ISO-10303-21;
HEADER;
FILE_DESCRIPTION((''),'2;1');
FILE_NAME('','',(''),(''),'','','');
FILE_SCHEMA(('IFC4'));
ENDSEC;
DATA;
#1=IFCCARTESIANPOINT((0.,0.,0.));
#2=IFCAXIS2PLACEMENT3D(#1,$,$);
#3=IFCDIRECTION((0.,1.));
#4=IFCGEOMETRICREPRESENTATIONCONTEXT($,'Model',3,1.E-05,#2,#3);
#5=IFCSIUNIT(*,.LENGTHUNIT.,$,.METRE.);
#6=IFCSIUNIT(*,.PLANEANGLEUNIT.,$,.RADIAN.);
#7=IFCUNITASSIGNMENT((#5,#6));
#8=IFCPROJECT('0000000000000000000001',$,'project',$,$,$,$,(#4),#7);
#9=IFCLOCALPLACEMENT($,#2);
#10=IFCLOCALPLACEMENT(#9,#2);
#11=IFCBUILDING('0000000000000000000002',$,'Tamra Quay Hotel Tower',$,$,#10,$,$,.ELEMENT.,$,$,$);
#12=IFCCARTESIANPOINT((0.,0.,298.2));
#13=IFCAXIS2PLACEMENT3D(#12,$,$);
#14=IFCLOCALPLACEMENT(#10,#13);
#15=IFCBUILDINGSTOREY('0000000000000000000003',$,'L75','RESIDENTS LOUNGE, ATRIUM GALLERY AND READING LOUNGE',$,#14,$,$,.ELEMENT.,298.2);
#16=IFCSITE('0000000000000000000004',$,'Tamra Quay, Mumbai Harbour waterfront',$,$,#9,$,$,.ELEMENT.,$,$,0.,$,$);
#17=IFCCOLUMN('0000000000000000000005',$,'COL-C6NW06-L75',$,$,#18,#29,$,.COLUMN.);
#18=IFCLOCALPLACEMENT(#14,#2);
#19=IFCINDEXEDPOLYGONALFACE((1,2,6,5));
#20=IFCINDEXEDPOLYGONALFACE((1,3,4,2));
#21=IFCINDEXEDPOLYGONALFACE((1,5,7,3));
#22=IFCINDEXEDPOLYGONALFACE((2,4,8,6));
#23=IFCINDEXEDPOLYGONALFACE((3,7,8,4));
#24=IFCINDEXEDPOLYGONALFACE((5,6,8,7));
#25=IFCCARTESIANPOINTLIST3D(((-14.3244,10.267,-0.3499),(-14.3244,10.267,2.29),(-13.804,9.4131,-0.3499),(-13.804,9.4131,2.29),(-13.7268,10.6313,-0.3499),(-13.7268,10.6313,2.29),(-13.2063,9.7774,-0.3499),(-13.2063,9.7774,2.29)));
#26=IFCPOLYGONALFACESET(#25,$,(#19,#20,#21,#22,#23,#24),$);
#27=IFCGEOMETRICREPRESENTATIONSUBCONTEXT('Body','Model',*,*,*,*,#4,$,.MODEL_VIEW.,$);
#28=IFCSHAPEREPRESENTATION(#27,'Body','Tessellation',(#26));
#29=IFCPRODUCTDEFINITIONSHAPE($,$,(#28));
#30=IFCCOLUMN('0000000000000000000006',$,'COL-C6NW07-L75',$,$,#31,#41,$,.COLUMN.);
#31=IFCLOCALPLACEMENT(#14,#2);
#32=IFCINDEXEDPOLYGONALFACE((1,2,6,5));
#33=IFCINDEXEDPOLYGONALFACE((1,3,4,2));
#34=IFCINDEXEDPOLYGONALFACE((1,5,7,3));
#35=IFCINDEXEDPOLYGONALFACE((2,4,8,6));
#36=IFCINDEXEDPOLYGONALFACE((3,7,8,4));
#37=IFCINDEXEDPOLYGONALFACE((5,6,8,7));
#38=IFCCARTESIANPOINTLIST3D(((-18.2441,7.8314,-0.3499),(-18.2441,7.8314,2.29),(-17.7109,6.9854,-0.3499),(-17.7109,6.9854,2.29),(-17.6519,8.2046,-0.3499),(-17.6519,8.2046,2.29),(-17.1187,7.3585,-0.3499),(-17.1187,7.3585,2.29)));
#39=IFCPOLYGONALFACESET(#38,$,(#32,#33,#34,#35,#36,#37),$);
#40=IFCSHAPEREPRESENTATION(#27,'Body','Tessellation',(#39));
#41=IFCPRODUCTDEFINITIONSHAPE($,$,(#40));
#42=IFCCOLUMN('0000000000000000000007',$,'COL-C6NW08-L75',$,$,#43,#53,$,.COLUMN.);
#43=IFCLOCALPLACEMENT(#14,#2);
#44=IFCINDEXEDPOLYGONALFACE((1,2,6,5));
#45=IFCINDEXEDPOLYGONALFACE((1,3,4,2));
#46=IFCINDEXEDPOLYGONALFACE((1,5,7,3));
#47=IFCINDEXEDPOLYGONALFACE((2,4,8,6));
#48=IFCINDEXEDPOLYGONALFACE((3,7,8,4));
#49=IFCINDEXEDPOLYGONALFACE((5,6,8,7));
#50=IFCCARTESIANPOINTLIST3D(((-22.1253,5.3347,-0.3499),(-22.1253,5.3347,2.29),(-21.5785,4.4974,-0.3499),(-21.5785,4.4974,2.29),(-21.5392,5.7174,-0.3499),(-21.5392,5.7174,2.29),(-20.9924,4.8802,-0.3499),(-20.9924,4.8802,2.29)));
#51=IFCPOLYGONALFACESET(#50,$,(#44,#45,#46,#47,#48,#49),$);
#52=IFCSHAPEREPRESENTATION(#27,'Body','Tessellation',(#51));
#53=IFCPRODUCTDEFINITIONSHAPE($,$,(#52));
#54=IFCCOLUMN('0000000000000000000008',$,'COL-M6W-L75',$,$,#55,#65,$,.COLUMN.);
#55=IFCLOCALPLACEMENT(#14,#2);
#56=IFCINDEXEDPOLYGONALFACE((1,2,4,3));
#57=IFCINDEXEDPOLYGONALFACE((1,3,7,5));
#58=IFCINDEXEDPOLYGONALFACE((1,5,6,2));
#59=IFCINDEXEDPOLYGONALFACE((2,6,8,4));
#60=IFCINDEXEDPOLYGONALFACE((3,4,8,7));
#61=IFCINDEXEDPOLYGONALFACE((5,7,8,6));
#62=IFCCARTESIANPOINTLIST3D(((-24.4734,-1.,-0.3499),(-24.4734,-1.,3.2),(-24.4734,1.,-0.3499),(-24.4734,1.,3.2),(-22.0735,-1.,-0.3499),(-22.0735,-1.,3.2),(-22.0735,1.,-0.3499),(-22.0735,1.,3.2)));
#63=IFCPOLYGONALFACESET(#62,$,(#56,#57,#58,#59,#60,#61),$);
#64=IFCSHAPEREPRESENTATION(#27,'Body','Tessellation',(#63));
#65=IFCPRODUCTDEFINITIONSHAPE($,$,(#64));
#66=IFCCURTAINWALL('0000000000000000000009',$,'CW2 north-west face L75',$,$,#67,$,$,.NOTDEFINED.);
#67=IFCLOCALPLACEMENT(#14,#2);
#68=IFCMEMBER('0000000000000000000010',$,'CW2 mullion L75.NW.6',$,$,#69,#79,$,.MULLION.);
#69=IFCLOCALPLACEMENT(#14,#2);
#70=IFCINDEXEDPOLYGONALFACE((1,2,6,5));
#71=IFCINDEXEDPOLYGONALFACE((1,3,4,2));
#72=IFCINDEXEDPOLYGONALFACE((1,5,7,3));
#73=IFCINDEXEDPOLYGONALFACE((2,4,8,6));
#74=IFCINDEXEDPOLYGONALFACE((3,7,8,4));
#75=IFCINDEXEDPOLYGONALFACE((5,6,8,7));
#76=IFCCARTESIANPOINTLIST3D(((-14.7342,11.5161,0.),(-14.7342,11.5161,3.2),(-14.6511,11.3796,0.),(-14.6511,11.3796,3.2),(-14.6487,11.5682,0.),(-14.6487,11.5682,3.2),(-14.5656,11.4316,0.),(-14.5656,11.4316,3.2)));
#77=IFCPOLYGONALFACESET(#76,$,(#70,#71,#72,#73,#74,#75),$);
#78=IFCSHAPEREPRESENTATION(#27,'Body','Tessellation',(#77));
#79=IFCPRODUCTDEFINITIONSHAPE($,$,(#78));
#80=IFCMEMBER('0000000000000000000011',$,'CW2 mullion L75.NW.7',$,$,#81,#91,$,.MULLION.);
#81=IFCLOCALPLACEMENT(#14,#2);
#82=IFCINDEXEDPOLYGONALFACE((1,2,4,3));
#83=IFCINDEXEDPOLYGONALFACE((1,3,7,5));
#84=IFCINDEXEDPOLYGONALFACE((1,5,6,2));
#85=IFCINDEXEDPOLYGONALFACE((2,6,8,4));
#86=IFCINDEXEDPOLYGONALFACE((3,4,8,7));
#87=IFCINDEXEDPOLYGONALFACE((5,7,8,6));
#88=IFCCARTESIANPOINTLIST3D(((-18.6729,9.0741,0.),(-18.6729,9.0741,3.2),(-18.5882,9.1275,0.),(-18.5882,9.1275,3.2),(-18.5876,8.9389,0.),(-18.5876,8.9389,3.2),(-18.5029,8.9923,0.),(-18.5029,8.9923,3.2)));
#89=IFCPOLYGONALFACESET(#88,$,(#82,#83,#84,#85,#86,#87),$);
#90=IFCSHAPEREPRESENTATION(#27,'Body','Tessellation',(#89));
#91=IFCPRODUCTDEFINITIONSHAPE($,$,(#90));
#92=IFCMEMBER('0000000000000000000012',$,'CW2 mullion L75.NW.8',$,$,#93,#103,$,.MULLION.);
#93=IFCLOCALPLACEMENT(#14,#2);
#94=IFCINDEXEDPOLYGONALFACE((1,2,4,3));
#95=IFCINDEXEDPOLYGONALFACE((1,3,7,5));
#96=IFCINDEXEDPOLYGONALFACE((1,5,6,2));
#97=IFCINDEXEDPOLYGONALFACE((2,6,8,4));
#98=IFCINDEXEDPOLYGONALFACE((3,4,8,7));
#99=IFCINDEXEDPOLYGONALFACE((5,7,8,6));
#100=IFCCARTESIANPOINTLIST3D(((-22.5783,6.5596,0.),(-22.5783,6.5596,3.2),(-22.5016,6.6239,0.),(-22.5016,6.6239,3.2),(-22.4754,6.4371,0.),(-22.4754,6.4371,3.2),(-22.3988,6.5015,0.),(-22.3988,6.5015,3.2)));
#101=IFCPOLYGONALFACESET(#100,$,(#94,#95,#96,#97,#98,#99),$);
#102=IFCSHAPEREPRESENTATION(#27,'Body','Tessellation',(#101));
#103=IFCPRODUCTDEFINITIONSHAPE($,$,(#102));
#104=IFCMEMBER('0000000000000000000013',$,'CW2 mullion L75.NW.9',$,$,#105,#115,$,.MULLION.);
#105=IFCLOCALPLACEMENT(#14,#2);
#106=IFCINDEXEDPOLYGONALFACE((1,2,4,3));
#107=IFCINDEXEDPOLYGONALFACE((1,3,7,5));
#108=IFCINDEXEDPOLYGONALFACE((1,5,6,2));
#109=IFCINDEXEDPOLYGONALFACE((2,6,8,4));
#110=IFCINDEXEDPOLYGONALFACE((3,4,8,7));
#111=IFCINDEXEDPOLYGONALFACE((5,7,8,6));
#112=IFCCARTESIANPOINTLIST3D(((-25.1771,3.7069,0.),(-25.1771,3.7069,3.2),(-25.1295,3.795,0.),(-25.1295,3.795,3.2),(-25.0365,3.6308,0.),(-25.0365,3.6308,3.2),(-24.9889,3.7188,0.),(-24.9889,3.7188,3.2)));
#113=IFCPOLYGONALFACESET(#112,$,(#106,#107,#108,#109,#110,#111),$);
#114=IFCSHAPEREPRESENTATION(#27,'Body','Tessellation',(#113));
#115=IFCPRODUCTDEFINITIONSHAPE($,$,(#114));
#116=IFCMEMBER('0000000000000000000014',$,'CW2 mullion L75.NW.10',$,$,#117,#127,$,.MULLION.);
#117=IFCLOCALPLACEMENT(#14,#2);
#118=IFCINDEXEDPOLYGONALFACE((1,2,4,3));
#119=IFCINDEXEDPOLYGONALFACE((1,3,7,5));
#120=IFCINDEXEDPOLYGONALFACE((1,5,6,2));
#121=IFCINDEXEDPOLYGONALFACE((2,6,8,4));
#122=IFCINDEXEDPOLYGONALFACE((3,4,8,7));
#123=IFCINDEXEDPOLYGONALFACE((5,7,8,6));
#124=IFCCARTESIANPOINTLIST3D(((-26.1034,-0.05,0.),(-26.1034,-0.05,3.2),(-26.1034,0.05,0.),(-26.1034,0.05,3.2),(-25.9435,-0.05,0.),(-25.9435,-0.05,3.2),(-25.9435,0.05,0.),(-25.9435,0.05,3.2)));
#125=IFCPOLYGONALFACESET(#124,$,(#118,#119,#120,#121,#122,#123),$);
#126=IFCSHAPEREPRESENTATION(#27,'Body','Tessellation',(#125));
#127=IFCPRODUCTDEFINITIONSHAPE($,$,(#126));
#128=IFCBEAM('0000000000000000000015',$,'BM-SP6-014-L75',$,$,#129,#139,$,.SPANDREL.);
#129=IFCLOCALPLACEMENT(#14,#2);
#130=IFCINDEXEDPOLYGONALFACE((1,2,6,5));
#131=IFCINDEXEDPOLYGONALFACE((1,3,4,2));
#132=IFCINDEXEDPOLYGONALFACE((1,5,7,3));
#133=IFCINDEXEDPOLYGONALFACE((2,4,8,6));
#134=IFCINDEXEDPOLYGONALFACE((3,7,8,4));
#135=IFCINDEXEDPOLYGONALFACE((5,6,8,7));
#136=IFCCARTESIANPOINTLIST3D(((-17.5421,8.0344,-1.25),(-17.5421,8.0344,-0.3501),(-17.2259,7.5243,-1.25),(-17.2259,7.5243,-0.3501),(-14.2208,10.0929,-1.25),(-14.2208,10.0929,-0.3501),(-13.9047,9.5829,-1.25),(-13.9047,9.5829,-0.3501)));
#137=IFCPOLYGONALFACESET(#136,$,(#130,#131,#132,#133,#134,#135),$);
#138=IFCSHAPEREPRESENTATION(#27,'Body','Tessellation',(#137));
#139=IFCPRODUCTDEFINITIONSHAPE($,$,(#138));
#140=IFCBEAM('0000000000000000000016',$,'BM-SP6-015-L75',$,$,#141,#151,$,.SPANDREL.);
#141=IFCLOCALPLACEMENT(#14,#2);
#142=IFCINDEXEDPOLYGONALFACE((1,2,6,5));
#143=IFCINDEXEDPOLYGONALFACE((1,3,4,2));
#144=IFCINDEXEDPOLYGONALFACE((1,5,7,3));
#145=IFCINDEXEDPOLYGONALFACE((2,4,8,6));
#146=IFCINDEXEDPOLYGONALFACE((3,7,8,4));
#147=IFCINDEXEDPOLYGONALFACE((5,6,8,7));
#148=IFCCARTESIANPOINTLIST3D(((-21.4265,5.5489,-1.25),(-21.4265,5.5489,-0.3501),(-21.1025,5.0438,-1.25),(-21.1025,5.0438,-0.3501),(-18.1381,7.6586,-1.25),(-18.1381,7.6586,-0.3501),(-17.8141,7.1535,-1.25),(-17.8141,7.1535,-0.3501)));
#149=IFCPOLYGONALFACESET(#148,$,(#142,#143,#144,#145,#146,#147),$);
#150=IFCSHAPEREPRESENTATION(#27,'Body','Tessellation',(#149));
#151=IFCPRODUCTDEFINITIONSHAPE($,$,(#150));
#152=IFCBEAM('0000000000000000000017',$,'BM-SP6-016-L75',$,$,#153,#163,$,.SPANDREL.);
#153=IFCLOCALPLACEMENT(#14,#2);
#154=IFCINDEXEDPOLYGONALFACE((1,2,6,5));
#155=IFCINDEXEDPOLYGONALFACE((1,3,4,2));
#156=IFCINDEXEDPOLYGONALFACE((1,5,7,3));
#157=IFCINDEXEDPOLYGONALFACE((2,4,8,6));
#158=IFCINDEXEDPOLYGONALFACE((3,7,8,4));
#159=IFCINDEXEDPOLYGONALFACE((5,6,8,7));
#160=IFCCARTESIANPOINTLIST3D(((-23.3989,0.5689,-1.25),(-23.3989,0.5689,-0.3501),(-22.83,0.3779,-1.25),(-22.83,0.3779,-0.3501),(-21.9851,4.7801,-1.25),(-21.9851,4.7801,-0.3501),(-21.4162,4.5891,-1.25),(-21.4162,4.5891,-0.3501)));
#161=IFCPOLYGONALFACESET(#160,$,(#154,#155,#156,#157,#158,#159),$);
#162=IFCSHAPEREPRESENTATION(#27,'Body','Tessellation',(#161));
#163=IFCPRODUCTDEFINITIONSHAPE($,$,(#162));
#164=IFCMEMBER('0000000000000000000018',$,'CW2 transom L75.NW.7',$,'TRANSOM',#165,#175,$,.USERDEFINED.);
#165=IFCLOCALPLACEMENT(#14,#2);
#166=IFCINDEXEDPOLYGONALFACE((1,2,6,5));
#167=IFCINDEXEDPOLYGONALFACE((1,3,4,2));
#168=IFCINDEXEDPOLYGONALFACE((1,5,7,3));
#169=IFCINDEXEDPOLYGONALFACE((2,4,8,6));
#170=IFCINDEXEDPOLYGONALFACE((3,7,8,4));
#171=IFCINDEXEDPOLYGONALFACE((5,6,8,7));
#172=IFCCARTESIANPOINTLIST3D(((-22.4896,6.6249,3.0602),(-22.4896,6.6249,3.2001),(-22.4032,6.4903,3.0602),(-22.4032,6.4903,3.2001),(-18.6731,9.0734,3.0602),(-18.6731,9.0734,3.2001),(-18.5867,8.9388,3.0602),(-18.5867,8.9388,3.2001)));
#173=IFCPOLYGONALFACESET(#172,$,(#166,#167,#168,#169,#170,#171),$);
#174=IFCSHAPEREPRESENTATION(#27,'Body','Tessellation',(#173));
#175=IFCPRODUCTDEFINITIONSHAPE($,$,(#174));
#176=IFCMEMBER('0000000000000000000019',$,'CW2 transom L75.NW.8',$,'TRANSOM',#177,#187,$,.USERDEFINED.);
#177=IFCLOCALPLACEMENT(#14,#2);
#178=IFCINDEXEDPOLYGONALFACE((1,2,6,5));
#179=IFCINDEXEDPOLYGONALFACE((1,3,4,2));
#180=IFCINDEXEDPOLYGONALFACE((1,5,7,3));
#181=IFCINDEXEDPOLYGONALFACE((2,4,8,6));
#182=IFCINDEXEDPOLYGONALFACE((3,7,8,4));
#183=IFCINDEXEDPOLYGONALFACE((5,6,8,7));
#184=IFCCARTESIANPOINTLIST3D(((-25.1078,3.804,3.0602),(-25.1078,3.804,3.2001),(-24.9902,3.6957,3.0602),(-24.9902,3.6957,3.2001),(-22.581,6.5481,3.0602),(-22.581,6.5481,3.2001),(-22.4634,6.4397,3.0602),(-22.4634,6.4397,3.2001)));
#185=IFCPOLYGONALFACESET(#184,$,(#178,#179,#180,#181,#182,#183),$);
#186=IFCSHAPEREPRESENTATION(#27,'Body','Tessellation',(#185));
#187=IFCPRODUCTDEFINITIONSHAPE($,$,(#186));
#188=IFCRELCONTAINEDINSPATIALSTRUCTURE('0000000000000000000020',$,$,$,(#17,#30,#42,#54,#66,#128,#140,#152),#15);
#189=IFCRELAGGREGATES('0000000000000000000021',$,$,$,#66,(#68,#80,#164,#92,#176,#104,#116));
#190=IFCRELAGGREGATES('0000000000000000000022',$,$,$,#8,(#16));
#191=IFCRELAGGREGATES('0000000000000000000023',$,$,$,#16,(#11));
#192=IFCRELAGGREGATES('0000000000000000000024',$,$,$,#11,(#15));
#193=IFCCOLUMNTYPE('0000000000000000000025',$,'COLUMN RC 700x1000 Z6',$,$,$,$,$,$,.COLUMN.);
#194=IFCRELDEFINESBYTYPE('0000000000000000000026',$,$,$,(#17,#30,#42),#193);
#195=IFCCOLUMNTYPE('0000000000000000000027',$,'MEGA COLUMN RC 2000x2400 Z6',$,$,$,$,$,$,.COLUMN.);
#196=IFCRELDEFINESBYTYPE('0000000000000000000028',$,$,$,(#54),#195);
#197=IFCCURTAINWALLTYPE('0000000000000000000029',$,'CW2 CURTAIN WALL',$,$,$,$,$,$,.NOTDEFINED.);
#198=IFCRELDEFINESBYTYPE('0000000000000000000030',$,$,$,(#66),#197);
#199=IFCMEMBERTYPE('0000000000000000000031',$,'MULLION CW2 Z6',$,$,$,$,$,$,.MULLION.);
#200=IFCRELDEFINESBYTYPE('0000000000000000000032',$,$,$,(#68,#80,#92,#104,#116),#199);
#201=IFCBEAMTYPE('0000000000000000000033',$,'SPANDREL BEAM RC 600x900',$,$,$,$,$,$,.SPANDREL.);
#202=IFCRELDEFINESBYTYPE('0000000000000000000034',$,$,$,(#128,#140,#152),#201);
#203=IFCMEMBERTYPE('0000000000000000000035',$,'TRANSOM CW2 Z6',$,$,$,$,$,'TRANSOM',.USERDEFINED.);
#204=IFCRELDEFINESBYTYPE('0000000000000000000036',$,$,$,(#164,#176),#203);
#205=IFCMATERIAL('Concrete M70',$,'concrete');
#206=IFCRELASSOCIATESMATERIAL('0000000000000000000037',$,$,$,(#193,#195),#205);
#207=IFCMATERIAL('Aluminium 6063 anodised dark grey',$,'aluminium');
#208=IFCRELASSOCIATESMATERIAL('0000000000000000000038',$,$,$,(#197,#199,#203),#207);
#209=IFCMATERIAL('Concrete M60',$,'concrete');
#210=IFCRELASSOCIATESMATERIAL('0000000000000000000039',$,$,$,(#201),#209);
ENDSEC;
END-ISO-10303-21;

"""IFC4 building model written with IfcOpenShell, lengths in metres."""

from ifc_helpers import new_model, si_unit, direction, frame, origin, origin_2d, place, context, subcontext, project, spatial, rectangle, extrude, material, material_profile, profile_set, type_object, element, aggregate, save


model = new_model("IFC4")

# Units and contexts
model_context = context("Model", 3, precision=1e-05, world=origin(), true_north=direction((0.0, 1.0)))
body_context = subcontext(model_context, "Body", "Model", "MODEL_VIEW")
ifc_project = project(units=[si_unit("LENGTHUNIT", "METRE"), si_unit("PLANEANGLEUNIT", "RADIAN")], contexts=[model_context])

# Site, building, storey
site_placement = place(None, origin())
site = spatial("IfcSite", under=ifc_project, at=site_placement, Name="Tamra Quay, Mumbai Harbour waterfront", CompositionType="ELEMENT", RefElevation=0.0)
building_placement = place(site_placement, origin())
building = spatial("IfcBuilding", under=site, at=building_placement, Name="Tamra Quay Hotel Tower", CompositionType="ELEMENT")
storey_placement = place(building_placement, frame((0.0, 0.0, 298.2)))
storey = spatial("IfcBuildingStorey", under=building, at=storey_placement, Name="L75", Description="RESIDENTS LOUNGE, ATRIUM GALLERY AND READING LOUNGE", CompositionType="ELEMENT", Elevation=298.2)

# Columns
ifc_material_1 = material(Name="Concrete M70", Category="concrete")
ifc_material_profile_1 = material_profile(ifc_material_1, rectangle(XDim=1.0, YDim=0.7, at=origin_2d()), Name="COLUMN RC 700x1000 Z6")
ifc_profile_set_1 = profile_set([ifc_material_profile_1], Name="Concrete M70")
column_type_1 = type_object("IfcColumnType", Name="COLUMN RC 700x1000 Z6", PredefinedType="COLUMN", material=ifc_profile_set_1)
for number, where, z_axis, x_axis, name in (
    (1, (-13.7654, 10.0222, -0.3499), (0.0, 0.0, 1.0), (-0.52043, 0.853904, 0.0), "COL-C6NW06-L75"),
    (2, (-17.6814, 7.595, -0.3499), (0.0, 0.0, 1.0), (-0.533133, 0.846031, 0.0), "COL-C6NW07-L75"),
    (3, (-21.5588, 5.1074, -0.3499), (0.0, 0.0, 1.0), (-0.546805, 0.83726, 0.0), "COL-C6NW08-L75"),
):
    element("IfcColumn", number, at=place(storey_placement, frame(where, z_axis=z_axis, x_axis=x_axis)), inside=storey, type_object=column_type_1, Name=name, PredefinedType="COLUMN", context=body_context, shape_type="SweptSolid", body=[
        extrude(rectangle(XDim=1.0, YDim=0.7, at=origin_2d()), origin(), (0.0, 0.0, 1.0), 2.6399),
    ])
ifc_material_profile_2 = material_profile(ifc_material_1, rectangle(XDim=2.3999, YDim=2.0, at=origin_2d()), Name="MEGA COLUMN RC 2000x2400 Z6")
ifc_profile_set_2 = profile_set([ifc_material_profile_2], Name="Concrete M70")
column_type_2 = type_object("IfcColumnType", Name="MEGA COLUMN RC 2000x2400 Z6", PredefinedType="COLUMN", material=ifc_profile_set_2)
column_placement = place(storey_placement, frame((-23.2734, 0.0, -0.3499), z_axis=(0.0, 0.0, 1.0), x_axis=(1.0, 0.0, 0.0)))
element("IfcColumn", 4, at=column_placement, inside=storey, type_object=column_type_2, Name="COL-M6W-L75", PredefinedType="COLUMN", context=body_context, shape_type="SweptSolid", body=[
    extrude(rectangle(XDim=2.3999, YDim=2.0, at=origin_2d()), origin(), (0.0, 0.0, 1.0), 3.5498),
])

# Curtain wall, members
ifc_material_2 = material(Name="Aluminium 6063 anodised dark grey", Category="aluminium")
curtain_wall_type = type_object("IfcCurtainWallType", Name="CW2 CURTAIN WALL", PredefinedType="NOTDEFINED", material=ifc_material_2)
curtain_wall_placement = place(storey_placement, origin())
curtain_wall = element("IfcCurtainWall", 5, at=curtain_wall_placement, inside=storey, type_object=curtain_wall_type, Name="CW2 north-west face L75", PredefinedType="NOTDEFINED")
ifc_material_profile_3 = material_profile(ifc_material_2, rectangle(XDim=0.1599, YDim=0.1001, at=origin_2d()), Name="MULLION 100X160")
ifc_profile_set_3 = profile_set([ifc_material_profile_3], Name="Aluminium 6063 anodised dark grey")
member_type_1 = type_object("IfcMemberType", Name="MULLION CW2 Z6", PredefinedType="MULLION", material=ifc_profile_set_3)
member_1_placement = place(storey_placement, frame((-14.6499, 11.4739, 0.0), z_axis=(0.0, 0.0, 1.0), x_axis=(-0.52016, 0.854069, 0.0)))
member_1 = element("IfcMember", 6, at=member_1_placement, type_object=member_type_1, Name="CW2 mullion L75.NW.6", PredefinedType="MULLION", context=body_context, shape_type="SweptSolid", body=[
    extrude(rectangle(XDim=0.1599, YDim=0.1001, at=origin_2d()), origin(), (0.0, 0.0, 1.0), 3.2),
])
member_2_placement = place(storey_placement, frame((-18.5879, 9.0332, 0.0), z_axis=(0.0, 0.0, 1.0), x_axis=(-0.533422, 0.845849, 0.0)))
member_2 = element("IfcMember", 7, at=member_2_placement, type_object=member_type_1, Name="CW2 mullion L75.NW.7", PredefinedType="MULLION", context=body_context, shape_type="SweptSolid", body=[
    extrude(rectangle(XDim=0.1599, YDim=0.1001, at=origin_2d()), origin(), (0.0, 0.0, 1.0), 3.2),
])
member_3_placement = place(storey_placement, frame((-22.4885, 6.5305, 0.0), z_axis=(0.0, 0.0, 1.0), x_axis=(-0.643086, 0.765794, 0.0)))
member_3 = element("IfcMember", 8, at=member_3_placement, type_object=member_type_1, Name="CW2 mullion L75.NW.8", PredefinedType="MULLION", context=body_context, shape_type="SweptSolid", body=[
    extrude(rectangle(XDim=0.1599, YDim=0.1001, at=origin_2d()), origin(), (0.0, 0.0, 1.0), 3.2),
])
member_4_placement = place(storey_placement, frame((-25.083, 3.7129, 0.0), z_axis=(0.0, 0.0, 1.0), x_axis=(-0.879433, 0.476023, 0.0)))
member_4 = element("IfcMember", 9, at=member_4_placement, type_object=member_type_1, Name="CW2 mullion L75.NW.9", PredefinedType="MULLION", context=body_context, shape_type="SweptSolid", body=[
    extrude(rectangle(XDim=0.1599, YDim=0.1001, at=origin_2d()), origin(), (0.0, 0.0, 1.0), 3.2),
])
member_5_placement = place(storey_placement, frame((-26.0234, 0.0, 0.0), z_axis=(0.0, 0.0, 1.0), x_axis=(-1.0, 0.0, 0.0)))
member_5 = element("IfcMember", 10, at=member_5_placement, type_object=member_type_1, Name="CW2 mullion L75.NW.10", PredefinedType="MULLION", context=body_context, shape_type="SweptSolid", body=[
    extrude(rectangle(XDim=0.1599, YDim=0.1001, at=origin_2d()), origin(), (0.0, 0.0, 1.0), 3.2),
])

# Beams
ifc_material_3 = material(Name="Concrete M60", Category="concrete")
ifc_material_profile_4 = material_profile(ifc_material_3, rectangle(XDim=0.6001, YDim=0.8999, at=origin_2d()), Name="SPANDREL BEAM RC 600x900")
ifc_profile_set_4 = profile_set([ifc_material_profile_4], Name="Concrete M60")
beam_type = type_object("IfcBeamType", Name="SPANDREL BEAM RC 600x900", PredefinedType="SPANDREL", material=ifc_profile_set_4)
beam_1_placement = place(storey_placement, frame((-14.0627, 9.8379, -0.8), z_axis=(-0.849972, -0.526828, 0.0), x_axis=(0.526828, -0.849972, 0.0)))
element("IfcBeam", 11, at=beam_1_placement, inside=storey, type_object=beam_type, Name="BM-SP6-014-L75", PredefinedType="SPANDREL", context=body_context, shape_type="SweptSolid", body=[
    extrude(rectangle(XDim=0.6001, YDim=0.8999, at=origin_2d()), origin(), (0.0, 0.0, 1.0), 3.9075),
])
beam_2_placement = place(storey_placement, frame((-17.9761, 7.406, -0.8), z_axis=(-0.84168, -0.539977, 0.0), x_axis=(0.539977, -0.84168, 0.0)))
element("IfcBeam", 12, at=beam_2_placement, inside=storey, type_object=beam_type, Name="BM-SP6-015-L75", PredefinedType="SPANDREL", context=body_context, shape_type="SweptSolid", body=[
    extrude(rectangle(XDim=0.6001, YDim=0.8999, at=origin_2d()), origin(), (0.0, 0.0, 1.0), 3.907),
])
beam_3_placement = place(storey_placement, frame((-21.7007, 4.6846, -0.8), z_axis=(-0.318272, -0.948, 0.0), x_axis=(0.948, -0.318272, 0.0)))
element("IfcBeam", 13, at=beam_3_placement, inside=storey, type_object=beam_type, Name="BM-SP6-016-L75", PredefinedType="SPANDREL", context=body_context, shape_type="SweptSolid", body=[
    extrude(rectangle(XDim=0.6001, YDim=0.8999, at=origin_2d()), origin(), (0.0, 0.0, 1.0), 4.4421),
])

# Members
ifc_material_profile_5 = material_profile(ifc_material_2, rectangle(XDim=0.1599, YDim=0.1399, at=origin_2d()), Name="TRANSOM 160X140")
ifc_profile_set_5 = profile_set([ifc_material_profile_5], Name="Aluminium 6063 anodised dark grey")
member_type_2 = type_object("IfcMemberType", Name="TRANSOM CW2 Z6", ElementType="TRANSOM", PredefinedType="USERDEFINED", material=ifc_profile_set_5)
member_6_placement = place(storey_placement, frame((-18.6299, 9.0061, 3.1301), z_axis=(-0.841671, -0.53999, 0.0), x_axis=(0.53999, -0.841671, 0.0)))
member_6 = element("IfcMember", 14, at=member_6_placement, type_object=member_type_2, Name="CW2 transom L75.NW.7", ObjectType="TRANSOM", PredefinedType="USERDEFINED", context=body_context, shape_type="SweptSolid", body=[
    extrude(rectangle(XDim=0.1599, YDim=0.1399, at=origin_2d()), origin(), (0.0, 0.0, 1.0), 4.5344),
])
member_7_placement = place(storey_placement, frame((-22.5222, 6.4939, 3.1301), z_axis=(-0.677383, -0.735631, 0.0), x_axis=(0.735631, -0.677383, 0.0)))
member_7 = element("IfcMember", 15, at=member_7_placement, type_object=member_type_2, Name="CW2 transom L75.NW.8", ObjectType="TRANSOM", PredefinedType="USERDEFINED", context=body_context, shape_type="SweptSolid", body=[
    extrude(rectangle(XDim=0.1599, YDim=0.1399, at=origin_2d()), origin(), (0.0, 0.0, 1.0), 3.7302),
])

aggregate(curtain_wall, [member_1, member_2, member_6, member_3, member_7, member_4, member_5])

save(model, "model.ifc")
